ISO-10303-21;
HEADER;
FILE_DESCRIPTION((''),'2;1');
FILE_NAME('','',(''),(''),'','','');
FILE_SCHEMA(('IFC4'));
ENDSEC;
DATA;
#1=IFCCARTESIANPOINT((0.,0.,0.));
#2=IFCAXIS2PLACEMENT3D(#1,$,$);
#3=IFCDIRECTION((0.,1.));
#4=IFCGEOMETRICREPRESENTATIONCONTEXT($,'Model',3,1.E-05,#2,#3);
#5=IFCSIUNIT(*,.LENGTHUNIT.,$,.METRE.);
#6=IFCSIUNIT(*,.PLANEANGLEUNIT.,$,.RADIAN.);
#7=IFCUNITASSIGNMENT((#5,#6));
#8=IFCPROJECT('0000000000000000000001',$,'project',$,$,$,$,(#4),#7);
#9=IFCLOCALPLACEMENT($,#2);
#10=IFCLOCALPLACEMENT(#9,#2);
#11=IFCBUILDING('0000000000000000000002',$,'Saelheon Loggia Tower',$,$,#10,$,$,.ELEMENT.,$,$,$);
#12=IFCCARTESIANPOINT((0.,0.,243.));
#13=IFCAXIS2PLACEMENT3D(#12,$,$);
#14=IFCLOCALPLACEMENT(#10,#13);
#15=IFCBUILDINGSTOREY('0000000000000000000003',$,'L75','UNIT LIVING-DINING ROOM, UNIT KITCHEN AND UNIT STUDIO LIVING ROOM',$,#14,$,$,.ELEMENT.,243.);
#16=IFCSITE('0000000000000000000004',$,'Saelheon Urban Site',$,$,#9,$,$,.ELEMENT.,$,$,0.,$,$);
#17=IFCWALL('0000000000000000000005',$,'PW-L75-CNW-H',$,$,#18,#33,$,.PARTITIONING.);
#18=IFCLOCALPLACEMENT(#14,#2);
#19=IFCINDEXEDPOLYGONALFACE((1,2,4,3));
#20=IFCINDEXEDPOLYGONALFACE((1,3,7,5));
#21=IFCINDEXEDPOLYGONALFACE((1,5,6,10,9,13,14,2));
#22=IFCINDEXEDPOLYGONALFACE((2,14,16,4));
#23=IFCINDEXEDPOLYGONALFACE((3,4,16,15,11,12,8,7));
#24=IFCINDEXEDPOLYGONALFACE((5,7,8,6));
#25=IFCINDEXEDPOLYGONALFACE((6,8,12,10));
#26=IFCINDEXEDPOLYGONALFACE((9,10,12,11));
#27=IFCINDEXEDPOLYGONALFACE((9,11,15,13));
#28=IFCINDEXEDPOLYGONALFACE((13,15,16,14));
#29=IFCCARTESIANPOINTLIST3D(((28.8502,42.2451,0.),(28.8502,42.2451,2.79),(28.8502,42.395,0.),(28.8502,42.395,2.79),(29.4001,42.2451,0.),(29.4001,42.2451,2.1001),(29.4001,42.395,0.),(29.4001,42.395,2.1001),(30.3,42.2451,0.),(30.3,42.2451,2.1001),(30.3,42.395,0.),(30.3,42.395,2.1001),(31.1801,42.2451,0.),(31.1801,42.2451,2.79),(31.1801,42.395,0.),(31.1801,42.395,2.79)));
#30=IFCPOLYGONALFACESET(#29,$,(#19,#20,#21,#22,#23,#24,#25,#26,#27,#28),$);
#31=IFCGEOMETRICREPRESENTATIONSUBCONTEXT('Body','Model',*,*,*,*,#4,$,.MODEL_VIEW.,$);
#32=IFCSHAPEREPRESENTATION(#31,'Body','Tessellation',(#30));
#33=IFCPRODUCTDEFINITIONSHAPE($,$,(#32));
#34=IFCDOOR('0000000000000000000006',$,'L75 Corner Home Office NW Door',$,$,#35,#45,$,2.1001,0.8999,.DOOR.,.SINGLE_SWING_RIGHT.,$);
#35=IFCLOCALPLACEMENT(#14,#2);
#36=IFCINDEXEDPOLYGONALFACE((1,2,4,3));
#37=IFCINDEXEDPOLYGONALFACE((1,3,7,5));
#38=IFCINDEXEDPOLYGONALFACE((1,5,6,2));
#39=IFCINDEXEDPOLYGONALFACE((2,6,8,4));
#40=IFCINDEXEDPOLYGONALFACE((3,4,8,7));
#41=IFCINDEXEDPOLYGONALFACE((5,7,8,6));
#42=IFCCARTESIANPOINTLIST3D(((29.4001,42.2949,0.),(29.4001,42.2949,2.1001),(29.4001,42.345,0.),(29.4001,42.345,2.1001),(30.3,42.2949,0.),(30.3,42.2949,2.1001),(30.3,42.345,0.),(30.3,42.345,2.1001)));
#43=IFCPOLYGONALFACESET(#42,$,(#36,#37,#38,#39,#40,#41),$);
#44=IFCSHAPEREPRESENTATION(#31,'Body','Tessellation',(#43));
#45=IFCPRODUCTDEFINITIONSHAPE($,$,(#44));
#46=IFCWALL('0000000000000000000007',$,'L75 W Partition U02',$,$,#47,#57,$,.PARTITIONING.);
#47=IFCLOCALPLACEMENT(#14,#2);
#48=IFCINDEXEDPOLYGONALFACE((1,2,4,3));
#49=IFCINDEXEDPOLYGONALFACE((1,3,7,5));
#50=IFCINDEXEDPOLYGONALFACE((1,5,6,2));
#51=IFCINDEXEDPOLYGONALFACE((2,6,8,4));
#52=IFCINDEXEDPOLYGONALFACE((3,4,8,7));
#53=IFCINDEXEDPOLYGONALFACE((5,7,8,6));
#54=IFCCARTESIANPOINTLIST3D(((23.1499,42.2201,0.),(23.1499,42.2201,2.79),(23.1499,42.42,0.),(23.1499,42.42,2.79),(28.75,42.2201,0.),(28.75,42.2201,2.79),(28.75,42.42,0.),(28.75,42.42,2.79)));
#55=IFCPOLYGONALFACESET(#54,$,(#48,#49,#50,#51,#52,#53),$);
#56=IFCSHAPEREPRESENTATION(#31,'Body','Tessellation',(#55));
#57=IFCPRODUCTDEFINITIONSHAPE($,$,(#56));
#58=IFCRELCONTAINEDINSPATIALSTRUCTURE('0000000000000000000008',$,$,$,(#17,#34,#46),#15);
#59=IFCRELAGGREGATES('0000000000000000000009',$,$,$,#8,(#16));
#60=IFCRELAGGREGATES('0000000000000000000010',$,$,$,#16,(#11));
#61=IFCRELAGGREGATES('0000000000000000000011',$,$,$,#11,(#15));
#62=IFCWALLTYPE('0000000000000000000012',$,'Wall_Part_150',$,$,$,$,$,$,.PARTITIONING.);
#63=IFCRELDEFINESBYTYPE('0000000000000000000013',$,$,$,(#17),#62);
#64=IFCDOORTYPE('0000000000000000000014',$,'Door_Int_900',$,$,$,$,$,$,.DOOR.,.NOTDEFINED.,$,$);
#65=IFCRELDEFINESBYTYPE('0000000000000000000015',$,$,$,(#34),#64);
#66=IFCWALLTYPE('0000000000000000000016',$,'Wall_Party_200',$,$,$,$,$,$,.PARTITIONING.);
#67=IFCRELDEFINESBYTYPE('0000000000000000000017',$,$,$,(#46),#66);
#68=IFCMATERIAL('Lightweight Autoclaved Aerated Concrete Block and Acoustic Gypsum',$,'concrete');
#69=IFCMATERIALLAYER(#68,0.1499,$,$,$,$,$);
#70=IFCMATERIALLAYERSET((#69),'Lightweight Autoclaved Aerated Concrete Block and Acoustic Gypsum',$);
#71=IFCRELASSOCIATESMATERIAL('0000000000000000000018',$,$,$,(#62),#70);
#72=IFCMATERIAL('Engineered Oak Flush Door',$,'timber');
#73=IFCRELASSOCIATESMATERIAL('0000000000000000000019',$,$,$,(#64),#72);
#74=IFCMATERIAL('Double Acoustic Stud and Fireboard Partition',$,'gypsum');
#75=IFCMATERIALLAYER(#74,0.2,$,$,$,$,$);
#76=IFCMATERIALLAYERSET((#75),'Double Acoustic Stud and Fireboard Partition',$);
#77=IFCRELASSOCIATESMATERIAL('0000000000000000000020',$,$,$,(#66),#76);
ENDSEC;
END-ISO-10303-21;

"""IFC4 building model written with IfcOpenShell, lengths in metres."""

from ifc_helpers import new_model, si_unit, direction, frame, frame_2d, origin, place, context, subcontext, project, spatial, rectangle, extrude, source, transform, mapped, material, layer, layer_set, type_object, element, fill, save


model = new_model("IFC4")

# Units and contexts
model_context = context("Model", 3, precision=1e-05, world=origin(), true_north=direction((0.0, 1.0)))
body_context = subcontext(model_context, "Body", "Model", "MODEL_VIEW")
ifc_project = project(units=[si_unit("LENGTHUNIT", "METRE"), si_unit("PLANEANGLEUNIT", "RADIAN")], contexts=[model_context])

# Site, building, storey
site_placement = place(None, origin())
site = spatial("IfcSite", under=ifc_project, at=site_placement, Name="Saelheon Urban Site", CompositionType="ELEMENT", RefElevation=0.0)
building_placement = place(site_placement, origin())
building = spatial("IfcBuilding", under=site, at=building_placement, Name="Saelheon Loggia Tower", CompositionType="ELEMENT")
storey_placement = place(building_placement, frame((0.0, 0.0, 243.0)))
storey = spatial("IfcBuildingStorey", under=building, at=storey_placement, Name="L75", Description="UNIT LIVING-DINING ROOM, UNIT KITCHEN AND UNIT STUDIO LIVING ROOM", CompositionType="ELEMENT", Elevation=243.0)

# Wall, opening, door
ifc_material_1 = material(Name="Lightweight Autoclaved Aerated Concrete Block and Acoustic Gypsum", Category="concrete")
ifc_layer_1 = layer(ifc_material_1, 0.1499)
ifc_layer_set_1 = layer_set([ifc_layer_1], Name="Lightweight Autoclaved Aerated Concrete Block and Acoustic Gypsum")
wall_type_1 = type_object("IfcWallType", Name="Wall_Part_150", PredefinedType="PARTITIONING", material=ifc_layer_set_1)
wall_1_placement = place(storey_placement, frame((28.8501, 42.3201, 0.0), z_axis=(0.0, 0.0, 1.0), x_axis=(1.0, 0.0, 0.0)))
wall_1 = element("IfcWall", 1, at=wall_1_placement, inside=storey, type_object=wall_type_1, Name="PW-L75-CNW-H", PredefinedType="PARTITIONING", context=body_context, shape_type="SweptSolid", body=[
    extrude(rectangle(XDim=2.3298, YDim=0.1499, at=frame_2d((1.165, 0.0))), origin(), (0.0, 0.0, 1.0), 2.79),
])
opening_1_placement = place(wall_1_placement, frame((0.55, 0.0, 0.0)))
opening_1 = element("IfcOpeningElement", 2, at=opening_1_placement, cuts=wall_1, PredefinedType="OPENING", context=body_context, shape_type="SweptSolid", body=[
    extrude(rectangle(XDim=0.8999, YDim=2.1001, at=frame_2d((0.45, 1.05))), frame((0.0, 0.0869, 0.0), z_axis=(0.0, -1.0, 0.0), x_axis=(1.0, 0.0, 0.0)), (0.0, 0.0, 1.0), 0.1738),
])
ifc_material_2 = material(Name="Engineered Oak Flush Door", Category="timber")
door_type_1 = type_object("IfcDoorType", Name="Door_Int_900", OperationType="NOTDEFINED", PredefinedType="DOOR", material=ifc_material_2)
shared_shape_1 = source(origin(), body_context, "Body", "SweptSolid", [
    extrude(rectangle(XDim=0.8999, YDim=2.1001, at=frame_2d((0.45, 1.05))), frame((0.0, 0.0249, 0.0), z_axis=(0.0, -1.0, 0.0), x_axis=(1.0, 0.0, 0.0)), (0.0, 0.0, 1.0), 0.05),
])
door_1_placement = place(opening_1_placement, origin())
door_1 = element("IfcDoor", 3, at=door_1_placement, inside=storey, type_object=door_type_1, Name="L75 Corner Home Office NW Door", OperationType="SINGLE_SWING_RIGHT", OverallHeight=2.1001, OverallWidth=0.8999, PredefinedType="DOOR", context=body_context, shape_type="MappedRepresentation", body=[
    mapped(shared_shape_1, transform((0.0, 0.0, 0.0), scale=1.0)),
])
fill(opening_1, door_1)

# Wall
ifc_material_3 = material(Name="Double Acoustic Stud and Fireboard Partition", Category="gypsum")
ifc_layer_2 = layer(ifc_material_3, 0.2)
ifc_layer_set_2 = layer_set([ifc_layer_2], Name="Double Acoustic Stud and Fireboard Partition")
wall_type_2 = type_object("IfcWallType", Name="Wall_Party_200", PredefinedType="PARTITIONING", material=ifc_layer_set_2)
wall_2_placement = place(storey_placement, frame((28.75, 42.3201, 0.0), z_axis=(0.0, 0.0, 1.0), x_axis=(-1.0, 0.0, 0.0)))
element("IfcWall", 4, at=wall_2_placement, inside=storey, type_object=wall_type_2, Name="L75 W Partition U02", PredefinedType="PARTITIONING", context=body_context, shape_type="SweptSolid", body=[
    extrude(rectangle(XDim=5.6001, YDim=0.2, at=frame_2d((2.8, 0.0))), origin(), (0.0, 0.0, 1.0), 2.79),
])

save(model, "model.ifc")
